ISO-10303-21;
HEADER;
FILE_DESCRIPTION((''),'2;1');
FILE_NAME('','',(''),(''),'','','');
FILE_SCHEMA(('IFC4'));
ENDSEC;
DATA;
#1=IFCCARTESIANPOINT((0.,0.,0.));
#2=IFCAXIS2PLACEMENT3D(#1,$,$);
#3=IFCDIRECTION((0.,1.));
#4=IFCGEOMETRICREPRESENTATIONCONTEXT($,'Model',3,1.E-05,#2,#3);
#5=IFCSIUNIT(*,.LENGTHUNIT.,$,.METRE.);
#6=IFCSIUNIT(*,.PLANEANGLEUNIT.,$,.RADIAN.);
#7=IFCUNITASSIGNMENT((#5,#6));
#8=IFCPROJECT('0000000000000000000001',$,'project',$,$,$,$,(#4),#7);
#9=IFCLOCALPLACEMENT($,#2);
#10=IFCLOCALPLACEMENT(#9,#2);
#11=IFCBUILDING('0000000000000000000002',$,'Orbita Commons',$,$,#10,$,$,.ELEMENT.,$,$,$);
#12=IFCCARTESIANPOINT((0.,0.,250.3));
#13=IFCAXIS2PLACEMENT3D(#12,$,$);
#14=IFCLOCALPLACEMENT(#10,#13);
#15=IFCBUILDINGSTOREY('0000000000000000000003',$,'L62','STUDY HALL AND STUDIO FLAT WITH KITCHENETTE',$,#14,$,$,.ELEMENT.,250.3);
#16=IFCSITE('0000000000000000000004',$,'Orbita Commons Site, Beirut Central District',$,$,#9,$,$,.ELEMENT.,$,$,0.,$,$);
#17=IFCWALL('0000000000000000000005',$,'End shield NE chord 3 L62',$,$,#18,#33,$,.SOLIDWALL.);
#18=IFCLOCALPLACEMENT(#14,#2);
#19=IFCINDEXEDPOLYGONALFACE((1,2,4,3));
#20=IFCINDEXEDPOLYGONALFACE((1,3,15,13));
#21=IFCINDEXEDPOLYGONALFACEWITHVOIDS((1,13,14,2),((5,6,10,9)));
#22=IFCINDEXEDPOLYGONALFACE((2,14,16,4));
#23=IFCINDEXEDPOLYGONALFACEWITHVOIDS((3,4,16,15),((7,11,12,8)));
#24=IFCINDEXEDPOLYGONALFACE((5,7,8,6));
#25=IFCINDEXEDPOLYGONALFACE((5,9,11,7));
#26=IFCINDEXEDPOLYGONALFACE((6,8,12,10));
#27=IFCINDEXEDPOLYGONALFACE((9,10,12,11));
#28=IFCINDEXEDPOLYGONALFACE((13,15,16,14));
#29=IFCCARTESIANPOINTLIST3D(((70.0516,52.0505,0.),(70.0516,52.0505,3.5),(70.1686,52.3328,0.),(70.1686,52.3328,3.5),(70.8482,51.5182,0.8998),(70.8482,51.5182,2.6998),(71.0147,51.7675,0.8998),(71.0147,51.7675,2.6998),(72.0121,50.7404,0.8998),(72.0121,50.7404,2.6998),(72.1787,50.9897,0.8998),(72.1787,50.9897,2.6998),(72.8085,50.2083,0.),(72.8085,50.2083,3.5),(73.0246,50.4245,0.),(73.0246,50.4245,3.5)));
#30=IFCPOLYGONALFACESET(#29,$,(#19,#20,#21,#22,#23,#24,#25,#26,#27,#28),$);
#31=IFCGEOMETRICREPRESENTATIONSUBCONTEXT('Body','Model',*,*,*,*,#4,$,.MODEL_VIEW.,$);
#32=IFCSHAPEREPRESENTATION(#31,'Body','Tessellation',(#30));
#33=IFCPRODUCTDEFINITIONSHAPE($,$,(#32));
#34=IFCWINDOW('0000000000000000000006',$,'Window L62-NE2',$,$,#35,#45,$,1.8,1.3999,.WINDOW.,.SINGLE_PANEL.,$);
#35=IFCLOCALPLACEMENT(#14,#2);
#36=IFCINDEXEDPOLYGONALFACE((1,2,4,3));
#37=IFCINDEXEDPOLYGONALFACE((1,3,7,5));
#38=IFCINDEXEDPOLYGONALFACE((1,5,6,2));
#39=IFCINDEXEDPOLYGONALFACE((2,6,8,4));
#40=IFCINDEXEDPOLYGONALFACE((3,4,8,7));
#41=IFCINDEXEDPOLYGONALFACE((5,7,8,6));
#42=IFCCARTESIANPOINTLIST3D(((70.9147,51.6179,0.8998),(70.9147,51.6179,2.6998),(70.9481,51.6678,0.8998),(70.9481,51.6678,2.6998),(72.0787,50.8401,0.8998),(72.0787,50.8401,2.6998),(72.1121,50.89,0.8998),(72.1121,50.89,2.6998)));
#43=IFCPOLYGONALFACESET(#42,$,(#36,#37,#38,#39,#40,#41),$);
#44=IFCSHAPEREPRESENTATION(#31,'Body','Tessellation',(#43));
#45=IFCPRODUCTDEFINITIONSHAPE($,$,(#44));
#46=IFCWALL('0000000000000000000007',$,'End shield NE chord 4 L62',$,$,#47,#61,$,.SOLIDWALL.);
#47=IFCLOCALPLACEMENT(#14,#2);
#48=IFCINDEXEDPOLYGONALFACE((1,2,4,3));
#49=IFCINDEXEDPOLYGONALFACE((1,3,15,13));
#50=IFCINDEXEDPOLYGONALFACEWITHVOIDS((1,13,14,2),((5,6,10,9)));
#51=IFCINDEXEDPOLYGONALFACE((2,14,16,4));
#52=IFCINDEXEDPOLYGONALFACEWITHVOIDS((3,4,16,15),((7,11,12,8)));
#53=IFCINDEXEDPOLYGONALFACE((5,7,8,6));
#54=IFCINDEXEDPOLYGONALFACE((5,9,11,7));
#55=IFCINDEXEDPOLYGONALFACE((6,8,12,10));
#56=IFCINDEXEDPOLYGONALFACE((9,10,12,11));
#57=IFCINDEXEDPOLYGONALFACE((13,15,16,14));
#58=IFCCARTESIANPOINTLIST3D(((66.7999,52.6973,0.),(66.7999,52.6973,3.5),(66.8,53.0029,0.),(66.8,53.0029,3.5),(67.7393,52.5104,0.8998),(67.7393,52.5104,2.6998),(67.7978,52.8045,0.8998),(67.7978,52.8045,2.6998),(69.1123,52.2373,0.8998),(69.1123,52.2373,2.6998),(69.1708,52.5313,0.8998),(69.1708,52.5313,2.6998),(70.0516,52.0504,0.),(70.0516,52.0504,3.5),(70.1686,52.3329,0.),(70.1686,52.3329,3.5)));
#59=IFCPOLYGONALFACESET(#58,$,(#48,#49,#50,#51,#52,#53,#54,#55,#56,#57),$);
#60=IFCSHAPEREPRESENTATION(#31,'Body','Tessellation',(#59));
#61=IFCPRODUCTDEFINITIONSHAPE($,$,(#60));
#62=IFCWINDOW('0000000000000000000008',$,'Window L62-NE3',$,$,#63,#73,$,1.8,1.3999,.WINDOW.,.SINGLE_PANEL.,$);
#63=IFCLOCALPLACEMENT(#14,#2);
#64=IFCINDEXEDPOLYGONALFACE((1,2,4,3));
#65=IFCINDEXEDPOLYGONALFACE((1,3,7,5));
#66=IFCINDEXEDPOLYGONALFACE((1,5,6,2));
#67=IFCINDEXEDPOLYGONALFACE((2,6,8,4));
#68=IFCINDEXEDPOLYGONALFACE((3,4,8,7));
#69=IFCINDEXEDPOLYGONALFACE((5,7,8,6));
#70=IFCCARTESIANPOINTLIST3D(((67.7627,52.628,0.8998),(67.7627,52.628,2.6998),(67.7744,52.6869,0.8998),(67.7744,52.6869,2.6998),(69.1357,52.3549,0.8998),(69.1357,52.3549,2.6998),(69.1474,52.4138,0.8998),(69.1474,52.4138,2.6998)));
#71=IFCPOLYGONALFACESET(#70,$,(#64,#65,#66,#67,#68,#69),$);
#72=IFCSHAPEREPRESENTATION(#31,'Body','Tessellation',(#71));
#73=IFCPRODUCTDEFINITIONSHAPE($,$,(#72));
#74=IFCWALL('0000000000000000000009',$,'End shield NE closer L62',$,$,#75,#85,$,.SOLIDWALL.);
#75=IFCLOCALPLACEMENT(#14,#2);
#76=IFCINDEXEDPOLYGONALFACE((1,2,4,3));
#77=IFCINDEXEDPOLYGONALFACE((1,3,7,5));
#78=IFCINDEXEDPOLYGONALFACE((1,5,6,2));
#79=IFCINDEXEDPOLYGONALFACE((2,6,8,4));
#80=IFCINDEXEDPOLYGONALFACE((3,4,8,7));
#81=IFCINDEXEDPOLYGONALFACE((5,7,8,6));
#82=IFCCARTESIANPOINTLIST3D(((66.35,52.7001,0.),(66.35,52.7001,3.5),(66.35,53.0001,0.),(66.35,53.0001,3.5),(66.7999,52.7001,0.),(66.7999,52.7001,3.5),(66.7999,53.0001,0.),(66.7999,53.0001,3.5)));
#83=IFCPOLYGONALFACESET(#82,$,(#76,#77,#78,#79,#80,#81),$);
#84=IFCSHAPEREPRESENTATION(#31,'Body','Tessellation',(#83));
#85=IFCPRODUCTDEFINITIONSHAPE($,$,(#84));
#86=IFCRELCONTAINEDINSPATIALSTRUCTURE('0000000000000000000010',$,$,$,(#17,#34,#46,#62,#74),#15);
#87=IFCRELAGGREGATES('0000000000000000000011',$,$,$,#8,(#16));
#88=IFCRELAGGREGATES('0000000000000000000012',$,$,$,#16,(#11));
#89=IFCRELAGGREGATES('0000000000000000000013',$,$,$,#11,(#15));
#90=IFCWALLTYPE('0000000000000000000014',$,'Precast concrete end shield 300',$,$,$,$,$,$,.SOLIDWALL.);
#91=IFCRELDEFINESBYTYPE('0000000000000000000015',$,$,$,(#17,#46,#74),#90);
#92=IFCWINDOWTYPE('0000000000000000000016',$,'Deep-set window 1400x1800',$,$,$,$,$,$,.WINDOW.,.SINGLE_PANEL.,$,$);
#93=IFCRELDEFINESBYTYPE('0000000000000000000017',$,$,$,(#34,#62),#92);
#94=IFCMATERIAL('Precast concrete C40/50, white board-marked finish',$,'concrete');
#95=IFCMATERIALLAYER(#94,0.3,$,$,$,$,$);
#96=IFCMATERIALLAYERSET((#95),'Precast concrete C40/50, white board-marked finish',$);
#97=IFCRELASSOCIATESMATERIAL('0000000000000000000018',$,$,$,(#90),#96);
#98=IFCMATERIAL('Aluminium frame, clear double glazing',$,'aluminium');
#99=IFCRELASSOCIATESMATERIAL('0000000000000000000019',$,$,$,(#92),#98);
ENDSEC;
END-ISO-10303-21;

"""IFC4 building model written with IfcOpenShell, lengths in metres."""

from ifc_helpers import new_model, si_unit, direction, frame, frame_2d, origin, place, context, subcontext, project, spatial, polyline, rectangle, outline, extrude, material, layer, layer_set, type_object, element, fill, save


model = new_model("IFC4")

# Units and contexts
model_context = context("Model", 3, precision=1e-05, world=origin(), true_north=direction((0.0, 1.0)))
body_context = subcontext(model_context, "Body", "Model", "MODEL_VIEW")
ifc_project = project(units=[si_unit("LENGTHUNIT", "METRE"), si_unit("PLANEANGLEUNIT", "RADIAN")], contexts=[model_context])

# Site, building, storey
site_placement = place(None, origin())
site = spatial("IfcSite", under=ifc_project, at=site_placement, Name="Orbita Commons Site, Beirut Central District", CompositionType="ELEMENT", RefElevation=0.0)
building_placement = place(site_placement, origin())
building = spatial("IfcBuilding", under=site, at=building_placement, Name="Orbita Commons", CompositionType="ELEMENT")
storey_placement = place(building_placement, frame((0.0, 0.0, 250.3)))
storey = spatial("IfcBuildingStorey", under=building, at=storey_placement, Name="L62", Description="STUDY HALL AND STUDIO FLAT WITH KITCHENETTE", CompositionType="ELEMENT", Elevation=250.3)

# Walls, openings, windows
ifc_material_1 = material(Name="Precast concrete C40/50, white board-marked finish", Category="concrete")
ifc_layer_1 = layer(ifc_material_1, 0.3)
ifc_layer_set_1 = layer_set([ifc_layer_1], Name="Precast concrete C40/50, white board-marked finish")
wall_type_1 = type_object("IfcWallType", Name="Precast concrete end shield 300", PredefinedType="SOLIDWALL", material=ifc_layer_set_1)
wall_1_placement = place(storey_placement, frame((72.9165, 50.3164, 0.0), z_axis=(0.0, 0.0, 1.0), x_axis=(-0.83146, 0.555585, 0.0)))
wall_1 = element("IfcWall", 1, at=wall_1_placement, inside=storey, type_object=wall_type_1, Name="End shield NE chord 3 L62", PredefinedType="SOLIDWALL", context=body_context, shape_type="SweptSolid", body=[
    extrude(outline(polyline([(-0.0298, -0.1499), (3.405, -0.1499), (3.3455, 0.1499), (0.0298, 0.1499), (-0.0298, -0.1499)])), origin(), (0.0, 0.0, 1.0), 3.5),
])
opening_1_placement = place(wall_1_placement, frame((0.9875, 0.0, 0.8999)))
opening_1 = element("IfcOpeningElement", 2, at=opening_1_placement, cuts=wall_1, PredefinedType="OPENING", context=body_context, shape_type="SweptSolid", body=[
    extrude(rectangle(XDim=1.3999, YDim=1.8, at=frame_2d((0.7, 0.8999))), frame((0.0, 0.1599, 0.0), z_axis=(0.0, -1.0, 0.0), x_axis=(1.0, 0.0, 0.0)), (0.0, 0.0, 1.0), 0.3201),
])
ifc_material_2 = material(Name="Aluminium frame, clear double glazing", Category="aluminium")
window_type = type_object("IfcWindowType", Name="Deep-set window 1400x1800", PartitioningType="SINGLE_PANEL", PredefinedType="WINDOW", material=ifc_material_2)
window_1_placement = place(opening_1_placement, origin())
window_1 = element("IfcWindow", 3, at=window_1_placement, inside=storey, type_object=window_type, Name="Window L62-NE2", OverallHeight=1.8, OverallWidth=1.3999, PartitioningType="SINGLE_PANEL", PredefinedType="WINDOW", context=body_context, shape_type="SweptSolid", body=[
    extrude(rectangle(XDim=1.3999, YDim=1.8, at=frame_2d((0.7, 0.8999))), frame((0.0, 0.03, 0.0), z_axis=(0.0, -1.0, 0.0), x_axis=(1.0, 0.0, 0.0)), (0.0, 0.0, 1.0), 0.0601),
])
fill(opening_1, window_1)
wall_2_placement = place(storey_placement, frame((70.1101, 52.1917, 0.0), z_axis=(0.0, 0.0, 1.0), x_axis=(-0.980783, 0.1951, 0.0)))
wall_2 = element("IfcWall", 4, at=wall_2_placement, inside=storey, type_object=wall_type_1, Name="End shield NE chord 4 L62", PredefinedType="SOLIDWALL", context=body_context, shape_type="SweptSolid", body=[
    extrude(outline(polyline([(-0.0298, -0.1499), (3.4048, -0.1499), (3.3452, 0.1499), (0.0298, 0.1499), (-0.0298, -0.1499)])), origin(), (0.0, 0.0, 1.0), 3.5),
])
opening_2_placement = place(wall_2_placement, frame((0.9875, 0.0, 0.8999)))
opening_2 = element("IfcOpeningElement", 5, at=opening_2_placement, cuts=wall_2, PredefinedType="OPENING", context=body_context, shape_type="SweptSolid", body=[
    extrude(rectangle(XDim=1.3999, YDim=1.8, at=frame_2d((0.7, 0.8999))), frame((0.0, 0.1599, 0.0), z_axis=(0.0, -1.0, 0.0), x_axis=(1.0, 0.0, 0.0)), (0.0, 0.0, 1.0), 0.3201),
])
window_2_placement = place(opening_2_placement, origin())
window_2 = element("IfcWindow", 6, at=window_2_placement, inside=storey, type_object=window_type, Name="Window L62-NE3", OverallHeight=1.8, OverallWidth=1.3999, PartitioningType="SINGLE_PANEL", PredefinedType="WINDOW", context=body_context, shape_type="SweptSolid", body=[
    extrude(rectangle(XDim=1.3999, YDim=1.8, at=frame_2d((0.7, 0.8999))), frame((0.0, 0.03, 0.0), z_axis=(0.0, -1.0, 0.0), x_axis=(1.0, 0.0, 0.0)), (0.0, 0.0, 1.0), 0.0601),
])
fill(opening_2, window_2)

# Wall
wall_3_placement = place(storey_placement, frame((66.8, 52.8501, 0.0), z_axis=(0.0, 0.0, 1.0), x_axis=(-1.0, 0.0, 0.0)))
element("IfcWall", 7, at=wall_3_placement, inside=storey, type_object=wall_type_1, Name="End shield NE closer L62", PredefinedType="SOLIDWALL", context=body_context, shape_type="SweptSolid", body=[
    extrude(rectangle(XDim=0.45, YDim=0.3, at=frame_2d((0.2251, 0.0))), origin(), (0.0, 0.0, 1.0), 3.5),
])

save(model, "model.ifc")
